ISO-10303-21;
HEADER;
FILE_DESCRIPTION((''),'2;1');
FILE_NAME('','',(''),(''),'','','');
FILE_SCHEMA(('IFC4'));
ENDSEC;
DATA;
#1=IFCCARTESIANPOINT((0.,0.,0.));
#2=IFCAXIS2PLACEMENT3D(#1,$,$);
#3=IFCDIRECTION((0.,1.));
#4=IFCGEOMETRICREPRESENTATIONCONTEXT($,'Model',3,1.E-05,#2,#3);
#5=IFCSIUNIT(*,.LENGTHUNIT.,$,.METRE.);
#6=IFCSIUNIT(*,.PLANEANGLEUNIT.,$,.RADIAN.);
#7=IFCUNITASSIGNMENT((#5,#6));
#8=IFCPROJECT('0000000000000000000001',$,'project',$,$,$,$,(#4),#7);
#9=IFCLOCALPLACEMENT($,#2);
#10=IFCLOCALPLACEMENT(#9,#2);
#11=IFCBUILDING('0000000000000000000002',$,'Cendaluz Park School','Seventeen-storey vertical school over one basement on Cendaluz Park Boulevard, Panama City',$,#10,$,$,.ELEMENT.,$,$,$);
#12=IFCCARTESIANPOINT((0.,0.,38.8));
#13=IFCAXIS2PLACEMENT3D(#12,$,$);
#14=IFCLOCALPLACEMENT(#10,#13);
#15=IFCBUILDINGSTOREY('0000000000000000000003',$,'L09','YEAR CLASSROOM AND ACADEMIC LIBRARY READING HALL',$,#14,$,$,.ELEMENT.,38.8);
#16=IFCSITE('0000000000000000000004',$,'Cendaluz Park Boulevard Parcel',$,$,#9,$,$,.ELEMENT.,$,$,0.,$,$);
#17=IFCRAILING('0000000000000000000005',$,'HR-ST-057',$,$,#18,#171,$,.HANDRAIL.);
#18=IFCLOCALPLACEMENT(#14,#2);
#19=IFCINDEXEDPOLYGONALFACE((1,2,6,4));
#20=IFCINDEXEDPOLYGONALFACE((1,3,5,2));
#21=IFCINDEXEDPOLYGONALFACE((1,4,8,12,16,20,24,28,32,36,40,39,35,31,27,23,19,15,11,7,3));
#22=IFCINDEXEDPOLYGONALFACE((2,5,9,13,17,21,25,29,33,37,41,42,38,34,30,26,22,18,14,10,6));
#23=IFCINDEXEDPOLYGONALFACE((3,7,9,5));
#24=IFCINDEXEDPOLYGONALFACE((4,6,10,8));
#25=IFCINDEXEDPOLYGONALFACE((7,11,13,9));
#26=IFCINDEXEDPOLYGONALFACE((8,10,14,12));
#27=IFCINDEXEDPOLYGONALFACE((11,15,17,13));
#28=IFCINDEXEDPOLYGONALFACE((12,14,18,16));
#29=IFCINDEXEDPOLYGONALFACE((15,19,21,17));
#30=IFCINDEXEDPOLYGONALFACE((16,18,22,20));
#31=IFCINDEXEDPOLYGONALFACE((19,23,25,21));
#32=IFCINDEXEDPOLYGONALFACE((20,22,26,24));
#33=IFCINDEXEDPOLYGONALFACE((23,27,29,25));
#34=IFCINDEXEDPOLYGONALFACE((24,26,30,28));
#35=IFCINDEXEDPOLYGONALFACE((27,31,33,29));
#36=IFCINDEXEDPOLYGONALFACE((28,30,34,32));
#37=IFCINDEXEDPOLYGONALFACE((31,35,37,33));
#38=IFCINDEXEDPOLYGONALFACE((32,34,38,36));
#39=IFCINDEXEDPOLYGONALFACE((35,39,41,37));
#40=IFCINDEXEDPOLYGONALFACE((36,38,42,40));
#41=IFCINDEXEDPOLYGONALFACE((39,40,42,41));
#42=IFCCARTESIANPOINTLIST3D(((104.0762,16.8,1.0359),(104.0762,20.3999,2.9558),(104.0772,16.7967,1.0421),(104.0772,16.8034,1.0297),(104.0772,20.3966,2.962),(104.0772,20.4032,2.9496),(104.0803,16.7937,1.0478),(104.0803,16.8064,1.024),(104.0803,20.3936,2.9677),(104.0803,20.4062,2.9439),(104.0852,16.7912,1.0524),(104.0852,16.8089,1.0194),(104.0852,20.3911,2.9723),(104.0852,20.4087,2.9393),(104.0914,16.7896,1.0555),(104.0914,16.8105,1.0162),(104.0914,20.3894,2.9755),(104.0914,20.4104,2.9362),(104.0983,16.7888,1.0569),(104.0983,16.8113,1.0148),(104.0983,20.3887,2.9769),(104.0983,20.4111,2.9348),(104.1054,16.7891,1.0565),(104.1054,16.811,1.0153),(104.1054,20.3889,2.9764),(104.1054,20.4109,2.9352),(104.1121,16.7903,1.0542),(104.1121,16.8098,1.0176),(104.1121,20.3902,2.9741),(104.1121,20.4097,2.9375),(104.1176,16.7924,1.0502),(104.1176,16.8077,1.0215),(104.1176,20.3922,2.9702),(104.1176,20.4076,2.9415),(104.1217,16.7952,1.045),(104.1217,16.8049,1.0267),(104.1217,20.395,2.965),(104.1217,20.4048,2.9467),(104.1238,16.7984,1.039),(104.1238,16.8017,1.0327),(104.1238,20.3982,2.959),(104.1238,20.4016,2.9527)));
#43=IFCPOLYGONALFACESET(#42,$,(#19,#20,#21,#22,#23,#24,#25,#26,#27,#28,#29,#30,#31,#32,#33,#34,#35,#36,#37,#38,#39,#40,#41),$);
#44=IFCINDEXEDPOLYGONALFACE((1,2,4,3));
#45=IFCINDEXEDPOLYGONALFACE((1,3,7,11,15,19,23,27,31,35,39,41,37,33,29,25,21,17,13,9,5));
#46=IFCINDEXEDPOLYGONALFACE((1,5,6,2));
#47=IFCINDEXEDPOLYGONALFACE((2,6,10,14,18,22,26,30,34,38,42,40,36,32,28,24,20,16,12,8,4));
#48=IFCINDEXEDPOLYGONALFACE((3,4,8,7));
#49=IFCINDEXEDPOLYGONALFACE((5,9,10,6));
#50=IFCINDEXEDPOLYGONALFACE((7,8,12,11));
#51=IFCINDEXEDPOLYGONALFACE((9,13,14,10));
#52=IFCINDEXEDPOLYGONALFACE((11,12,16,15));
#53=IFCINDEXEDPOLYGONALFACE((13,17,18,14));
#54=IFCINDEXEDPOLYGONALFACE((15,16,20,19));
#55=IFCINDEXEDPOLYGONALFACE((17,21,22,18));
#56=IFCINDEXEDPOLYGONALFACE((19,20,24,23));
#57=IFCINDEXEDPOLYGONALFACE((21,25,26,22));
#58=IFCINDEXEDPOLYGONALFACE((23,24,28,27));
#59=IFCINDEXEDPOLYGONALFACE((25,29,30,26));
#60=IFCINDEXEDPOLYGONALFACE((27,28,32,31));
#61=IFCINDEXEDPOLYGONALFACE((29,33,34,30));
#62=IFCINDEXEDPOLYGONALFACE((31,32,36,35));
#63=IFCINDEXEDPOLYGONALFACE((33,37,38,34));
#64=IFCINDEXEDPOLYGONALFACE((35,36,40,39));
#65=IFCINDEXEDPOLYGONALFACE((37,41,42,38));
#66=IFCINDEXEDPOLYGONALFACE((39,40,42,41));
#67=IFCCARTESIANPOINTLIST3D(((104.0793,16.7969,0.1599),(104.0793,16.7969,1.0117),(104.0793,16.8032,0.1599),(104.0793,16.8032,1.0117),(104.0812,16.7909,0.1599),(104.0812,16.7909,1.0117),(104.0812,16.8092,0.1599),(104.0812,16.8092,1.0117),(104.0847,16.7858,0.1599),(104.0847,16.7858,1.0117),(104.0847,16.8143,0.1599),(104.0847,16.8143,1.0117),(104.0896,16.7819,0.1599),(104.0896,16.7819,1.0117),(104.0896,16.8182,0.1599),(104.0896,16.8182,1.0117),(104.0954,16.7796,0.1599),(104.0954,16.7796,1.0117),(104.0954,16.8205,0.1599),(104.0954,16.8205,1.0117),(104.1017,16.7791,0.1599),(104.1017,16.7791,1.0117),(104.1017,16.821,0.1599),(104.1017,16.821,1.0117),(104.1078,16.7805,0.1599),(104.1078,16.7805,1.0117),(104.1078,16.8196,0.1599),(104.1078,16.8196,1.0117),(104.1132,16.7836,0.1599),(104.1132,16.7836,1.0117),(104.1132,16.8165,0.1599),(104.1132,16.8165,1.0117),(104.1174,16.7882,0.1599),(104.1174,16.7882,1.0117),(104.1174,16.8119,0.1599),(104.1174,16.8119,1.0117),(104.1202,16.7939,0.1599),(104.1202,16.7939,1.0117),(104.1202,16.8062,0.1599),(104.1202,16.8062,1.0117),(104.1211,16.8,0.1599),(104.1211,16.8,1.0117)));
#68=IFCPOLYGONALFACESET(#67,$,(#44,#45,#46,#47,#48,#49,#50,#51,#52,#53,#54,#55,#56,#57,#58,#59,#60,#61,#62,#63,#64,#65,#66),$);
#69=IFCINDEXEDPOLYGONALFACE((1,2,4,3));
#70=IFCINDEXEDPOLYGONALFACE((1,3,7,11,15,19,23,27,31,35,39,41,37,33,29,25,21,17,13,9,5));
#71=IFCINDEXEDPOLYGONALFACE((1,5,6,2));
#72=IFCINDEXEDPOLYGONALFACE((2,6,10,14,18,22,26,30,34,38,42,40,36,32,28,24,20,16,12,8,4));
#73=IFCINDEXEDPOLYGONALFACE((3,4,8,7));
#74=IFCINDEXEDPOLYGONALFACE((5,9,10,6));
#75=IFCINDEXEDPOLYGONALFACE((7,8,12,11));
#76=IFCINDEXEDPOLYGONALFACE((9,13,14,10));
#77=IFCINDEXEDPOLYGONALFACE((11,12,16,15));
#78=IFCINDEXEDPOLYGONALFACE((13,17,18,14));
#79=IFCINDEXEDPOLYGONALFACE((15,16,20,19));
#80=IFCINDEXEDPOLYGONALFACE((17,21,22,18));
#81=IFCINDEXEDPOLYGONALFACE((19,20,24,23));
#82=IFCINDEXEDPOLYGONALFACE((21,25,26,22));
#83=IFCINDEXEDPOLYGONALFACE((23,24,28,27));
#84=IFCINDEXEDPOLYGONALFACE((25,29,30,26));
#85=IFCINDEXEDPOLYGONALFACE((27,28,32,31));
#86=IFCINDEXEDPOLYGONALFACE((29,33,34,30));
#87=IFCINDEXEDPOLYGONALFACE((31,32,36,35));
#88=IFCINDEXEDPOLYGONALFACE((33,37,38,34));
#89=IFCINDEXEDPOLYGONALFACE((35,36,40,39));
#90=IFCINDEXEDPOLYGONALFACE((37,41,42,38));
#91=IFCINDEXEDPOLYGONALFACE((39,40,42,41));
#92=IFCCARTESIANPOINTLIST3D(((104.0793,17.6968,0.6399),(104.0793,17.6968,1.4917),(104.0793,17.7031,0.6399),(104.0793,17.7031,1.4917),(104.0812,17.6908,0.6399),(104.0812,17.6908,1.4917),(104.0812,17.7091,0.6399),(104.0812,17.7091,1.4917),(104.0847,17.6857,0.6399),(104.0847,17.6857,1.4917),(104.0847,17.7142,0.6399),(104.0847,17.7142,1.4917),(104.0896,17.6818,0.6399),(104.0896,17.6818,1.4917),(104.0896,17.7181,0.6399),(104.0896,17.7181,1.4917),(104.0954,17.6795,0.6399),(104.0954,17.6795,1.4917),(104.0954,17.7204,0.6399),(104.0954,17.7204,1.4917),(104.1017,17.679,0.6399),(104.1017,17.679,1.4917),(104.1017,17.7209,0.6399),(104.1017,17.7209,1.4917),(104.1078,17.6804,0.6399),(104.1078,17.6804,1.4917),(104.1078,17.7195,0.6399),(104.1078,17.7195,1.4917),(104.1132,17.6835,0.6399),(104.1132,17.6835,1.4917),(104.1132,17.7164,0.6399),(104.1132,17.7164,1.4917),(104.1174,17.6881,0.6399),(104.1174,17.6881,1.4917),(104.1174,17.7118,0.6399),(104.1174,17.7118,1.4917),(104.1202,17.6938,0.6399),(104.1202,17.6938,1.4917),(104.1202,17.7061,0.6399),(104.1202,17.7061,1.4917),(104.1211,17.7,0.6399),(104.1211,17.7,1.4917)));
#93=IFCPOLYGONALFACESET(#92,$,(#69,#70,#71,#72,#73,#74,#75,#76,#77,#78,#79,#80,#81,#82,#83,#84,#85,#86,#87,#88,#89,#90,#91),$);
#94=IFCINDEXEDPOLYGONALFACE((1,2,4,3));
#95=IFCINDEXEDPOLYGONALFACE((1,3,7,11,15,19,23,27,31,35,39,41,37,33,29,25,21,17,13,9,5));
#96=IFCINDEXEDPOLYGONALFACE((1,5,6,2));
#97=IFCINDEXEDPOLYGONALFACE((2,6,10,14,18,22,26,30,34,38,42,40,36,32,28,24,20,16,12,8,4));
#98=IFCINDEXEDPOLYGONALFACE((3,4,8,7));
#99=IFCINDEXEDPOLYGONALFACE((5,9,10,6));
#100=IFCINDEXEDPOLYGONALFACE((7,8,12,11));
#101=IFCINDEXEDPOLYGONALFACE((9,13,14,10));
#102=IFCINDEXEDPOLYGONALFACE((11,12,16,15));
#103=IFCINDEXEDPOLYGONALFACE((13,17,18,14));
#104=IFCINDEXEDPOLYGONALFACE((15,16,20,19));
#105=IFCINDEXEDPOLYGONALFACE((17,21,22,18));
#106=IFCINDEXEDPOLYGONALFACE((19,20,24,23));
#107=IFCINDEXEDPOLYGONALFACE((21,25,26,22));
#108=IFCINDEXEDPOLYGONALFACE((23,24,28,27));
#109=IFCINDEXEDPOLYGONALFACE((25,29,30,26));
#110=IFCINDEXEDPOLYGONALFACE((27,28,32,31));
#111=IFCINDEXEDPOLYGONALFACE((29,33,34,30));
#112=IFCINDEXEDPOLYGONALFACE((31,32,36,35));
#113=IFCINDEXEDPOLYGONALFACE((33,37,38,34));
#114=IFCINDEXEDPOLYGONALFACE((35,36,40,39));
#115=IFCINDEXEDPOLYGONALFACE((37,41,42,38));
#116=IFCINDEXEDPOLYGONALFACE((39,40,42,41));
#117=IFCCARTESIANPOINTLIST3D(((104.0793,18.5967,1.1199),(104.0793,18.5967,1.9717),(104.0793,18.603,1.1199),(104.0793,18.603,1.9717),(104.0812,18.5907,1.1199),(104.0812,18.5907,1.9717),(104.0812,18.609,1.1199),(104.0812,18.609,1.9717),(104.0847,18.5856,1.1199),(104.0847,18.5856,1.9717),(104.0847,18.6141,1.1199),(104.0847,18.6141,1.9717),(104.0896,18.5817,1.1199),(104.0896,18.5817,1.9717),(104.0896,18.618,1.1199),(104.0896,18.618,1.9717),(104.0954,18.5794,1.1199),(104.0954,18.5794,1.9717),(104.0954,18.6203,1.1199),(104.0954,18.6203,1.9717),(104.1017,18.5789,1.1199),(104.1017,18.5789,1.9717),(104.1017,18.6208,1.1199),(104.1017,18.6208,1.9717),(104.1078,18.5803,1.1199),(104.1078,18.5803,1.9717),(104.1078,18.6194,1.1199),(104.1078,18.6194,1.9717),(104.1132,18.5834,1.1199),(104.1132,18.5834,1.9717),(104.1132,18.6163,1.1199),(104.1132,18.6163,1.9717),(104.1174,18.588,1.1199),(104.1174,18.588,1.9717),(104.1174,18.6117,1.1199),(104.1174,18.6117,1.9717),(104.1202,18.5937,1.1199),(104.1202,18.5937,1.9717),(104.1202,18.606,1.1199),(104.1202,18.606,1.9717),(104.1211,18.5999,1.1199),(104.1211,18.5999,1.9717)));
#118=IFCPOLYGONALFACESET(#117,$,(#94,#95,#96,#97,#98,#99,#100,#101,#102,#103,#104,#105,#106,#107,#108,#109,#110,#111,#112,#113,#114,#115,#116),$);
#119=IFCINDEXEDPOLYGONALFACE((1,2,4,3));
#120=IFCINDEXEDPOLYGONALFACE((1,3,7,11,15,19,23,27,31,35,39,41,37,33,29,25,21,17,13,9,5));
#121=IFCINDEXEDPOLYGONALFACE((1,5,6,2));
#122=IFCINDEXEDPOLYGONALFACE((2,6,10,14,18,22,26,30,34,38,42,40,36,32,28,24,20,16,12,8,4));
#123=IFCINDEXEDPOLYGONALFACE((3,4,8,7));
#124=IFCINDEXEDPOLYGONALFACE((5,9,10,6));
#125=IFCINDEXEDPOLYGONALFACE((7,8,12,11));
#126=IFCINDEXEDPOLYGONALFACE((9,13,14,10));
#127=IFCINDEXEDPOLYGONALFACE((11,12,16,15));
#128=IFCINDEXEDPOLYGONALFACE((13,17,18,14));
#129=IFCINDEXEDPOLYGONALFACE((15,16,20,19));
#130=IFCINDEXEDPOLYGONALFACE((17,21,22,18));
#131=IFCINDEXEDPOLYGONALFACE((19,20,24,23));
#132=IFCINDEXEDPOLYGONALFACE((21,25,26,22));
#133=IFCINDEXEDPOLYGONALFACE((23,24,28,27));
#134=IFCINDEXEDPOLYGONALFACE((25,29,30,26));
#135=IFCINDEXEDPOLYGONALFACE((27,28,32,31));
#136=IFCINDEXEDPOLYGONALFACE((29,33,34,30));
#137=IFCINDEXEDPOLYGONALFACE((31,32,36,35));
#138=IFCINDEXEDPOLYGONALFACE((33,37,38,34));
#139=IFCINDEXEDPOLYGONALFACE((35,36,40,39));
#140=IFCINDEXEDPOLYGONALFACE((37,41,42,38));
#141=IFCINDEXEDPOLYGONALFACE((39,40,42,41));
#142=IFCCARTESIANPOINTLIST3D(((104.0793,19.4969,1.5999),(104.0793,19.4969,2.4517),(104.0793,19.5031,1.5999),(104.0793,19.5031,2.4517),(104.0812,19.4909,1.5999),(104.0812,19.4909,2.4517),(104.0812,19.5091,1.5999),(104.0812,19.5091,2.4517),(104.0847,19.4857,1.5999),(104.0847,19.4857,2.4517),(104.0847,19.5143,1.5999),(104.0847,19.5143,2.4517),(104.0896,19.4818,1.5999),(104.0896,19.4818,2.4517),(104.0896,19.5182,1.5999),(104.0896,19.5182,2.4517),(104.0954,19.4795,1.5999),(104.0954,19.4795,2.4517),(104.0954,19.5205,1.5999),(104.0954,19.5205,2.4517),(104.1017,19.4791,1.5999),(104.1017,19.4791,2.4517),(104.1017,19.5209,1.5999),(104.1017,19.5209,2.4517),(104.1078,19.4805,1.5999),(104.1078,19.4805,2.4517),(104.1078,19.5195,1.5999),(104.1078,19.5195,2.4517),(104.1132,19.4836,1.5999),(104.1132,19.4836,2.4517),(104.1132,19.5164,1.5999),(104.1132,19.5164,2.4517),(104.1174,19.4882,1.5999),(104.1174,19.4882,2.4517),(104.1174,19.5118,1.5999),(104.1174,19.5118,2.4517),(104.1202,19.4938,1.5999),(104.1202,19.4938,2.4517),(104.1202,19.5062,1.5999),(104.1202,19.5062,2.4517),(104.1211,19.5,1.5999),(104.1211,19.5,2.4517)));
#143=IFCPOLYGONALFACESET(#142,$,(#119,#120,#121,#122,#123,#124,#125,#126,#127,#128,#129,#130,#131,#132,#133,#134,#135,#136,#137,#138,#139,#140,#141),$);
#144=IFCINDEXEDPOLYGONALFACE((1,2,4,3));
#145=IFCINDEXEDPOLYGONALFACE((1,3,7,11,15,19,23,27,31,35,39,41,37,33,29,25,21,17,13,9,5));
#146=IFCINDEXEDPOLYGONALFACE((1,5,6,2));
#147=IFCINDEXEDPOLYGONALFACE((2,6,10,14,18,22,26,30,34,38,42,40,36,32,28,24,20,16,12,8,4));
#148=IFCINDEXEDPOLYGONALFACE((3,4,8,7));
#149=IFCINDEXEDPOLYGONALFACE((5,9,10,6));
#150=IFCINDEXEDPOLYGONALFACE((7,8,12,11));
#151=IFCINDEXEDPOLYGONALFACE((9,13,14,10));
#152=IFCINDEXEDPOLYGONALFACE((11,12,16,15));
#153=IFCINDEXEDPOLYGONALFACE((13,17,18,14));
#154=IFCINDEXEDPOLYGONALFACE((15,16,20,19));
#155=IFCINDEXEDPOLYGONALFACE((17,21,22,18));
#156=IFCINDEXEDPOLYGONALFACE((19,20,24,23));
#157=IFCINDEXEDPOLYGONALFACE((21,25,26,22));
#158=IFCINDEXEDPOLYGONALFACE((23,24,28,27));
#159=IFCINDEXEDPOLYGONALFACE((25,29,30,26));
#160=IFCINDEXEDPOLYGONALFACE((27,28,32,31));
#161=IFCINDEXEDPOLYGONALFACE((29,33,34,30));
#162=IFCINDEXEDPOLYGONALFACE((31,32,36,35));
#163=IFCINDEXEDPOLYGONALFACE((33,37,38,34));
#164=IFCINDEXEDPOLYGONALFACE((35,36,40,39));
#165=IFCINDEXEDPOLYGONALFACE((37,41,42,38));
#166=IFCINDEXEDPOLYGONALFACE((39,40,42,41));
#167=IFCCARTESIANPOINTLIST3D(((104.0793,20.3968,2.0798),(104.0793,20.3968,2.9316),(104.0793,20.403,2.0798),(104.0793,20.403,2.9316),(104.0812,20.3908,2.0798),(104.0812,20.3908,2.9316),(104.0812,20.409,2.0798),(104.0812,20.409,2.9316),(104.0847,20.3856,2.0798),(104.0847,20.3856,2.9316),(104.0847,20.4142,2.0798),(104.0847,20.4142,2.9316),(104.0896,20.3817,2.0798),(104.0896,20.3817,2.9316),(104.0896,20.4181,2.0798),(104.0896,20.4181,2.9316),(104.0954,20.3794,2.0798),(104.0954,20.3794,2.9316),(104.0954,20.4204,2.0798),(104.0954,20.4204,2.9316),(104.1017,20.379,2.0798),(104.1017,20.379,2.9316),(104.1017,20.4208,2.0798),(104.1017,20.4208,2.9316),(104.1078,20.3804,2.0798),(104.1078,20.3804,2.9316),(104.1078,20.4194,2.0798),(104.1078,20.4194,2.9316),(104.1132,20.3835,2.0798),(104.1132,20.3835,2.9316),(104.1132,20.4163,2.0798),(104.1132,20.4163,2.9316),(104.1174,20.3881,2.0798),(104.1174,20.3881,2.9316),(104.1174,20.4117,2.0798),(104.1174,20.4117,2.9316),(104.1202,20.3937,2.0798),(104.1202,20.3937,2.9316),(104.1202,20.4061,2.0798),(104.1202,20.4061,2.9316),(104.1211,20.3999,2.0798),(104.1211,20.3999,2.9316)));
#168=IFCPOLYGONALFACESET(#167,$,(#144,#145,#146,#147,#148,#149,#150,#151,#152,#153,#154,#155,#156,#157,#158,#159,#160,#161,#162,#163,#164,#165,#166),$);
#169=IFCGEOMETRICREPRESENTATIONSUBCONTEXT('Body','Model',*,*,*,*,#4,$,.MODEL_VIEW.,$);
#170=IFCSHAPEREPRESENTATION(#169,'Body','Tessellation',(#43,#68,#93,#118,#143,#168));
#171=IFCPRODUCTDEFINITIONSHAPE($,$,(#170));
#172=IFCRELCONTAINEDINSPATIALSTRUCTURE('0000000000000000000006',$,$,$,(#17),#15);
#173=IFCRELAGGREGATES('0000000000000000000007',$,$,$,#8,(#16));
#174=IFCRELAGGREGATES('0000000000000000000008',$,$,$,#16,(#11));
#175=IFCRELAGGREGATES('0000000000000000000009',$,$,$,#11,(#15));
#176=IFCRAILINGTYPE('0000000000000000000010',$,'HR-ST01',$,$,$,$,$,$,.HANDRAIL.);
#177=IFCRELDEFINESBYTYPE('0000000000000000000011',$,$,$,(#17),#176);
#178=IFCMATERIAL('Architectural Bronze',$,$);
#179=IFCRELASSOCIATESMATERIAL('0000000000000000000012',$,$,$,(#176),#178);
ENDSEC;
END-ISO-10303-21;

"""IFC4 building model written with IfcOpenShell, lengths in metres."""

from ifc_helpers import new_model, si_unit, direction, frame, origin, origin_2d, place, context, subcontext, project, spatial, circle, extrude, material, type_object, element, save


model = new_model("IFC4")

# Units and contexts
model_context = context("Model", 3, precision=1e-05, world=origin(), true_north=direction((0.0, 1.0)))
body_context = subcontext(model_context, "Body", "Model", "MODEL_VIEW")
ifc_project = project(units=[si_unit("LENGTHUNIT", "METRE"), si_unit("PLANEANGLEUNIT", "RADIAN")], contexts=[model_context])

# Site, building, storey
site_placement = place(None, origin())
site = spatial("IfcSite", under=ifc_project, at=site_placement, Name="Cendaluz Park Boulevard Parcel", CompositionType="ELEMENT", RefElevation=0.0)
building_placement = place(site_placement, origin())
building = spatial("IfcBuilding", under=site, at=building_placement, Name="Cendaluz Park School", Description="Seventeen-storey vertical school over one basement on Cendaluz Park Boulevard, Panama City", CompositionType="ELEMENT")
storey_placement = place(building_placement, frame((0.0, 0.0, 38.8)))
storey = spatial("IfcBuildingStorey", under=building, at=storey_placement, Name="L09", Description="YEAR CLASSROOM AND ACADEMIC LIBRARY READING HALL", CompositionType="ELEMENT", Elevation=38.8)

# Railing
ifc_material_1 = material(Name="Architectural Bronze")
railing_type = type_object("IfcRailingType", Name="HR-ST01", PredefinedType="HANDRAIL", material=ifc_material_1)
railing_placement = place(storey_placement, frame((104.1001, 16.8, 0.1599)))
element("IfcRailing", 1, at=railing_placement, inside=storey, type_object=railing_type, Name="HR-ST-057", PredefinedType="HANDRAIL", context=body_context, shape_type="SweptSolid", body=[
    extrude(circle(Radius=0.0239, at=origin_2d()), frame((0.0, 0.0, 0.876), z_axis=(0.0, 0.882353, 0.470588), x_axis=(-1.0, 0.0, 0.0)), (0.0, 0.0, 1.0), 4.0798),
    extrude(circle(Radius=0.021, at=origin_2d()), origin(), (0.0, 0.0, 1.0), 0.8518),
    extrude(circle(Radius=0.021, at=origin_2d()), frame((0.0, 0.8999, 0.48)), (0.0, 0.0, 1.0), 0.8518),
    extrude(circle(Radius=0.021, at=origin_2d()), frame((0.0, 1.7998, 0.96)), (0.0, 0.0, 1.0), 0.8518),
    extrude(circle(Radius=0.021, at=origin_2d()), frame((0.0, 2.7, 1.4399)), (0.0, 0.0, 1.0), 0.8518),
    extrude(circle(Radius=0.021, at=origin_2d()), frame((0.0, 3.5999, 1.9199)), (0.0, 0.0, 1.0), 0.8518),
])

save(model, "model.ifc")
